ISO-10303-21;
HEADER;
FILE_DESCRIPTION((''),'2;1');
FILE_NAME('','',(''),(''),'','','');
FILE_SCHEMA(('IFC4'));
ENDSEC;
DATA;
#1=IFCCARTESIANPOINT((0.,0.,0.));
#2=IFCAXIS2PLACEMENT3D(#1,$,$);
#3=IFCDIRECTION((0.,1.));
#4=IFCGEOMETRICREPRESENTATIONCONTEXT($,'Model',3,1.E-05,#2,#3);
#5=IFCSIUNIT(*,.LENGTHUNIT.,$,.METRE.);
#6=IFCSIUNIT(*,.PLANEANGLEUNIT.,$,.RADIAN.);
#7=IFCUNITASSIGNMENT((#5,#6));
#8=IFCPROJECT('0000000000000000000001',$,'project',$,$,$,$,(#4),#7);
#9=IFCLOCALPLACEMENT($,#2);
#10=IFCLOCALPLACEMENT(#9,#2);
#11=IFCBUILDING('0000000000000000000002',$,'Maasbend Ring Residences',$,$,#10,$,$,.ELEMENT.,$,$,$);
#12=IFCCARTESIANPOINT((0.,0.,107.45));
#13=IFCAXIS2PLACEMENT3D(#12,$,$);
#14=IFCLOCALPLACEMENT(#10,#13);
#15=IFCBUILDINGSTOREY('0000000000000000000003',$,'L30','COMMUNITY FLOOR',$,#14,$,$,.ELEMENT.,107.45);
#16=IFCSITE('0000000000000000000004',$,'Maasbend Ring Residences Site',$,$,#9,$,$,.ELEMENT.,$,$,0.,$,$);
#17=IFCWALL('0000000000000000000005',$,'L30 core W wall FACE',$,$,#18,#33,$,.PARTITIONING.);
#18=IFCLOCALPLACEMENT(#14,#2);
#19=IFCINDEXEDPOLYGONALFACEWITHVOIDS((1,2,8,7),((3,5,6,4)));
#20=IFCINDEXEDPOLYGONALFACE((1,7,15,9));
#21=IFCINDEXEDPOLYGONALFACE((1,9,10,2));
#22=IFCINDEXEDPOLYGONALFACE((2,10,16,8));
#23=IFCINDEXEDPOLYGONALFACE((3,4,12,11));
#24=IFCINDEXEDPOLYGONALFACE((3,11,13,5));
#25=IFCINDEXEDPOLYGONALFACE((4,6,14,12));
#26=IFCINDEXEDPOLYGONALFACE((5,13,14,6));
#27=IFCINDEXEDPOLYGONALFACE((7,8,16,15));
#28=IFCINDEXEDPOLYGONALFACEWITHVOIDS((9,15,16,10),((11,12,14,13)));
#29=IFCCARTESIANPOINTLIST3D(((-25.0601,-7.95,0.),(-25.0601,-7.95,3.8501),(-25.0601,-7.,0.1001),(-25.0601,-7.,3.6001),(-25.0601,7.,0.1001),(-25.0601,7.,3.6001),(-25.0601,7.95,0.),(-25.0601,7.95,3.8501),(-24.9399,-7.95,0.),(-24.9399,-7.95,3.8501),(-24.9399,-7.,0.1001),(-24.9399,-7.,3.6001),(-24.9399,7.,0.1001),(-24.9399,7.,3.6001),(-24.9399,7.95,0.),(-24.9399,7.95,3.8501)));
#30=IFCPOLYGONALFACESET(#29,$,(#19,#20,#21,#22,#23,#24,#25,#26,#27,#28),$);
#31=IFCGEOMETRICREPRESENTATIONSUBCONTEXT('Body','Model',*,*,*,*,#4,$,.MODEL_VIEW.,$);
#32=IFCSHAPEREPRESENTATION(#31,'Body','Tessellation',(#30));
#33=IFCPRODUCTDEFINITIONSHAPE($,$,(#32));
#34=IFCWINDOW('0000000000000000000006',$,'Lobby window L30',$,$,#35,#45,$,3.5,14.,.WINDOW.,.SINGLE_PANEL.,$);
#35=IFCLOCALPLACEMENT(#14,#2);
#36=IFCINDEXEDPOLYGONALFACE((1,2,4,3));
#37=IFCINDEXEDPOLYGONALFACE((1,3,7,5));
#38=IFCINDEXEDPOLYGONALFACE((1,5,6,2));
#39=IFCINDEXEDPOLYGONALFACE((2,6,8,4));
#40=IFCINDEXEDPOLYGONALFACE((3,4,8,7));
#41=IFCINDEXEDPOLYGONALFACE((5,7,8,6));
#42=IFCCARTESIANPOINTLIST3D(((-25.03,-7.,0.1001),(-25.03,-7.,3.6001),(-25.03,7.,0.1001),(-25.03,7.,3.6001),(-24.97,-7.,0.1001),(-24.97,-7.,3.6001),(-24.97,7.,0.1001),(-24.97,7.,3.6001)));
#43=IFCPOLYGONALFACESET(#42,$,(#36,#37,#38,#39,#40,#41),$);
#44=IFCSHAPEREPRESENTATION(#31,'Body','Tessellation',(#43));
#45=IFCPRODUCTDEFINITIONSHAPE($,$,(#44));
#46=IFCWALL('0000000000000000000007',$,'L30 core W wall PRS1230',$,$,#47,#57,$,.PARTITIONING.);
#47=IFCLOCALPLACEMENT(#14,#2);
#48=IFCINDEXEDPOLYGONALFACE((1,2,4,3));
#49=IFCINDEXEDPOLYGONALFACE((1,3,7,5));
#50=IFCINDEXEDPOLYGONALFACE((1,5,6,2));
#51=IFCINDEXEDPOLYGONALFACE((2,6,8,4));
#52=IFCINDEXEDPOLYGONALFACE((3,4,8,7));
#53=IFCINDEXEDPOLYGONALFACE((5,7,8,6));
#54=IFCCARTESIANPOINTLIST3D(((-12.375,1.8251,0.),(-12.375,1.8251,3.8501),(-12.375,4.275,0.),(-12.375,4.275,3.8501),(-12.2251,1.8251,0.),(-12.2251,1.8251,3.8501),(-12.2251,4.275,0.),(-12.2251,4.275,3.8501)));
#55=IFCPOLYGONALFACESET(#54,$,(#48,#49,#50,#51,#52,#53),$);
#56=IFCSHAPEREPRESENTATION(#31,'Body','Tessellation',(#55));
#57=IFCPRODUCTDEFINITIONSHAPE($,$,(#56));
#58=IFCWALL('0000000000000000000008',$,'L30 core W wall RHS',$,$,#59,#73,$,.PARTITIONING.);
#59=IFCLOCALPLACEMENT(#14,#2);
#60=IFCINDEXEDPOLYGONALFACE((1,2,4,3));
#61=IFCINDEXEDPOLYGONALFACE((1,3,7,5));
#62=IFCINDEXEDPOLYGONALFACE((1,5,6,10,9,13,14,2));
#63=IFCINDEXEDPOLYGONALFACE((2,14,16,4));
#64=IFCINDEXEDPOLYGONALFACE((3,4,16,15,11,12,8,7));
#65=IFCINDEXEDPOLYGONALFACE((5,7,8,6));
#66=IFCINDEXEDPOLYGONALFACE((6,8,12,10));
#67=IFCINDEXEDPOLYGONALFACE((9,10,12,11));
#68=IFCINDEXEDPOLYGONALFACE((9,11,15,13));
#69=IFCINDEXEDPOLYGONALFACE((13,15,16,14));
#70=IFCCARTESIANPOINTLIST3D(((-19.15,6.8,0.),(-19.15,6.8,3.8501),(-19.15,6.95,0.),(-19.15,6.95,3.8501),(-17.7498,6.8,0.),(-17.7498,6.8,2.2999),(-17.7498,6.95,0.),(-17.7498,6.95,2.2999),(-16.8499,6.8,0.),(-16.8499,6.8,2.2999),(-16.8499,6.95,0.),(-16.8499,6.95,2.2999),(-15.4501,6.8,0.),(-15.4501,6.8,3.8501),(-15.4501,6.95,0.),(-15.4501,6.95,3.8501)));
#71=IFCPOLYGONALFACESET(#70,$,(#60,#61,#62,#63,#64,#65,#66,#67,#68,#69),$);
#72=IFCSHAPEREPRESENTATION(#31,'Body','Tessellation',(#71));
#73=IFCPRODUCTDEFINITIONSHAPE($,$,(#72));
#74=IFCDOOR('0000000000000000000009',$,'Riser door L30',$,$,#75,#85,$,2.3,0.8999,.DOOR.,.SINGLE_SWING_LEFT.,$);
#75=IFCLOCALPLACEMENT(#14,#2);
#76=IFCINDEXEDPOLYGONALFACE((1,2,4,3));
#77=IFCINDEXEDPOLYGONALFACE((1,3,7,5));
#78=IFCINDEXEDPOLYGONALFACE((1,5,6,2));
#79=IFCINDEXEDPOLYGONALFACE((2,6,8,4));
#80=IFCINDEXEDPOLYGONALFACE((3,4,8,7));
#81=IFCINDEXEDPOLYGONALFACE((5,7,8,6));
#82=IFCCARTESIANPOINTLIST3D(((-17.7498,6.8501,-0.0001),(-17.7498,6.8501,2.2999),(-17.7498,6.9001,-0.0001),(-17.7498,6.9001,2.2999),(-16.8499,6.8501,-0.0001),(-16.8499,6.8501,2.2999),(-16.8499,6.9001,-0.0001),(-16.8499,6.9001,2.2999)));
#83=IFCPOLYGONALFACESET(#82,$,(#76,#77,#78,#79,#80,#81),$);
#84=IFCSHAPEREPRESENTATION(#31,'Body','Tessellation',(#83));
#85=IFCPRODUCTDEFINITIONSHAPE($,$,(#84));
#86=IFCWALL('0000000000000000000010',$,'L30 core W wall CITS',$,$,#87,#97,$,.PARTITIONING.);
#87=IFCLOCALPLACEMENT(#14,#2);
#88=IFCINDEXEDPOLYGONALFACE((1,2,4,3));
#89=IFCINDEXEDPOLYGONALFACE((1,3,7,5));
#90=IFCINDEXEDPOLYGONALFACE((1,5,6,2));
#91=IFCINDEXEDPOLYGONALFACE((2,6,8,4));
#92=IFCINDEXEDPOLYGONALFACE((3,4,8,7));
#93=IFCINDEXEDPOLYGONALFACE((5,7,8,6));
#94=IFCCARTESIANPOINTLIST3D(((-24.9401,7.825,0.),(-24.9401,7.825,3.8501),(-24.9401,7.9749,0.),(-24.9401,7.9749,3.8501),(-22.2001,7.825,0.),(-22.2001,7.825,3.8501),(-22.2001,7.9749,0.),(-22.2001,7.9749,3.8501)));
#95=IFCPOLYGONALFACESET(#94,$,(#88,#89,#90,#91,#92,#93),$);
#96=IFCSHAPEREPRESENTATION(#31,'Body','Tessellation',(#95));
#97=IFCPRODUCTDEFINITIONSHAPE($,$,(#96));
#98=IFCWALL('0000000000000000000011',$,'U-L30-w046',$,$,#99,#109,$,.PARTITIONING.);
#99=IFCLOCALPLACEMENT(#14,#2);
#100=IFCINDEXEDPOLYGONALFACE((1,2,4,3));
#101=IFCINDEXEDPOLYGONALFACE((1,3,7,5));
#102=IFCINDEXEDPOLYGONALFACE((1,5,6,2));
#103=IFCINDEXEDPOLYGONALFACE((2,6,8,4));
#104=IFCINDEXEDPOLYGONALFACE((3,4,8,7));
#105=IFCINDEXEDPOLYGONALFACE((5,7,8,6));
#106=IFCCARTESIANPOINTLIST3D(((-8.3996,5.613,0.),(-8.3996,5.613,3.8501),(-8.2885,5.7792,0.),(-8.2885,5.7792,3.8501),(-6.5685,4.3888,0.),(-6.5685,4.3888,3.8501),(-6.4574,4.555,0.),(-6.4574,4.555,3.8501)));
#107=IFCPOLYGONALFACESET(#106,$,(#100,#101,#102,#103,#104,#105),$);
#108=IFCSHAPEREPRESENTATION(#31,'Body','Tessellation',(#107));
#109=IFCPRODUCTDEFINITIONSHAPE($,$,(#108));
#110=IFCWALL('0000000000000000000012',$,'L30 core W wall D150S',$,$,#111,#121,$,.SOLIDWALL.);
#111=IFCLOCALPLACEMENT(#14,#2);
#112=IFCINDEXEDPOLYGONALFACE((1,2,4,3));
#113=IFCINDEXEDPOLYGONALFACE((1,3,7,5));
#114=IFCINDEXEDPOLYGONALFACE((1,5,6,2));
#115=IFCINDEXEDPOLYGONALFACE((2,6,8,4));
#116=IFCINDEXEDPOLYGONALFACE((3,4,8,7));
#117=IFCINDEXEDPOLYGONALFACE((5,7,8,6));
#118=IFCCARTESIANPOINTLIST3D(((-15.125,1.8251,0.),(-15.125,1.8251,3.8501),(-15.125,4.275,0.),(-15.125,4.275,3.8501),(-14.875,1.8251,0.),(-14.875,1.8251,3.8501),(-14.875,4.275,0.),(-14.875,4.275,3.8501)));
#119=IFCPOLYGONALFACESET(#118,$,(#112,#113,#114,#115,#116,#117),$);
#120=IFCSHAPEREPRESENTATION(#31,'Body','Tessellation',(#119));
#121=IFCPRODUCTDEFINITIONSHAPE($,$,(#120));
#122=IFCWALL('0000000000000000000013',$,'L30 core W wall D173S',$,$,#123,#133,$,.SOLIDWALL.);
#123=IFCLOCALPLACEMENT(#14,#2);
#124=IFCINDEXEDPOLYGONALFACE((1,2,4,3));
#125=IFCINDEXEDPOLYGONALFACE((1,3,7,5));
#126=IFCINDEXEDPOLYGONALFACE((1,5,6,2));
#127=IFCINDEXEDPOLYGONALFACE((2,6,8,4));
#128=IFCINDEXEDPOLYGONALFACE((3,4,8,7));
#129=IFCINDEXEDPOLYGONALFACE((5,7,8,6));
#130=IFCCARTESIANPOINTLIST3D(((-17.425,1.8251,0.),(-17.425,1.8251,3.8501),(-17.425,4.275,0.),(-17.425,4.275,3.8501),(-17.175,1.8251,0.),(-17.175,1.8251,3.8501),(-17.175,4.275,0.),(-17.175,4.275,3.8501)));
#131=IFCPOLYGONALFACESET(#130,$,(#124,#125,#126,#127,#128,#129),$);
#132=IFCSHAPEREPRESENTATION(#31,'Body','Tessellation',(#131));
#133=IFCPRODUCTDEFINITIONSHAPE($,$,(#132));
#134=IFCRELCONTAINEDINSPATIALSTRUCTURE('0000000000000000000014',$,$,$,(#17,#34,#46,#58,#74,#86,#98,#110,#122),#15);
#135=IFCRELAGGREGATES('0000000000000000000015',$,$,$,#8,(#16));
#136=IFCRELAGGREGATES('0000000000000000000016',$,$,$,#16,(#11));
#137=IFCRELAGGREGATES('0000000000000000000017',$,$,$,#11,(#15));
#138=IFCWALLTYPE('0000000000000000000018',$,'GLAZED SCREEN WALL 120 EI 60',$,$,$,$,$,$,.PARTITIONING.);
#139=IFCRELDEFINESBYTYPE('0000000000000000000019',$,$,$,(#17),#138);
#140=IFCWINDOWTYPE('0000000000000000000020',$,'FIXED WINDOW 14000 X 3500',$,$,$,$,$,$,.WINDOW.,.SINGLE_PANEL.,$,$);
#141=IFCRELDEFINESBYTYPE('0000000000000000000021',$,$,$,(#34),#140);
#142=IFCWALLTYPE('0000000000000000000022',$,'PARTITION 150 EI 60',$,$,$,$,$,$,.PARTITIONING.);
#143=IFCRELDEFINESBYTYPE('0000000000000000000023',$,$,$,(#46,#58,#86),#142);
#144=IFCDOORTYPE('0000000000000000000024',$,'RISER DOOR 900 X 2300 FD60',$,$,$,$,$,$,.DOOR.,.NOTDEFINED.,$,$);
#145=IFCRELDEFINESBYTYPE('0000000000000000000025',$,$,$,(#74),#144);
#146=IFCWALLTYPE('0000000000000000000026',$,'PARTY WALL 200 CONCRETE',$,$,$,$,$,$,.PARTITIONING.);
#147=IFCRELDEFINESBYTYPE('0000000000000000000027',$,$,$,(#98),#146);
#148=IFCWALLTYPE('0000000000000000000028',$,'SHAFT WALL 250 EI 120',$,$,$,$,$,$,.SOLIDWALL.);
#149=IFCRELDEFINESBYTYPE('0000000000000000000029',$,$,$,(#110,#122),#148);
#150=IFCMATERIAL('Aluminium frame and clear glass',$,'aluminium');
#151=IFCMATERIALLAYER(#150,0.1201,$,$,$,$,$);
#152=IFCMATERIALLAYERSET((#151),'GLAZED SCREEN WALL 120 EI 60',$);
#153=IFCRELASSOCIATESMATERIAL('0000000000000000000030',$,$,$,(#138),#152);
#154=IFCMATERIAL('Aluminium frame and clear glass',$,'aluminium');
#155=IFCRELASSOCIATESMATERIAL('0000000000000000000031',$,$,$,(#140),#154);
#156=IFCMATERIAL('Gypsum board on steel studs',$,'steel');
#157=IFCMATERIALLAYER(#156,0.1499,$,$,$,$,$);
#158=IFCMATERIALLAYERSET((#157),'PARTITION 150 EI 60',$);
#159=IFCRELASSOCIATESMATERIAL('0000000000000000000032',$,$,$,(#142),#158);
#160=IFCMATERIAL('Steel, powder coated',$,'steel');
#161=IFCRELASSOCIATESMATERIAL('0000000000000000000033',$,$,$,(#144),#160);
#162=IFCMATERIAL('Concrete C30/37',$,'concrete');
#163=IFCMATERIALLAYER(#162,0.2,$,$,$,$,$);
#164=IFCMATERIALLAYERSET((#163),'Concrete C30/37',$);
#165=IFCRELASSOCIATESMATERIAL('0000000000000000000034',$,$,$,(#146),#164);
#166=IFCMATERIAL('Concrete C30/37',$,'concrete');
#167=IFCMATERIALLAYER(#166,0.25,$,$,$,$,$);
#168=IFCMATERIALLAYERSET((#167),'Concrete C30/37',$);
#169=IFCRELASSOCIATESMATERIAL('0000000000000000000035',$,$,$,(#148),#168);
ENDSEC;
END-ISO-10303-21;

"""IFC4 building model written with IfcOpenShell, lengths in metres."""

from ifc_helpers import new_model, si_unit, direction, frame, frame_2d, origin, place, context, subcontext, project, spatial, rectangle, extrude, material, layer, layer_set, type_object, element, fill, save


model = new_model("IFC4")

# Units and contexts
model_context = context("Model", 3, precision=1e-05, world=origin(), true_north=direction((0.0, 1.0)))
body_context = subcontext(model_context, "Body", "Model", "MODEL_VIEW")
ifc_project = project(units=[si_unit("LENGTHUNIT", "METRE"), si_unit("PLANEANGLEUNIT", "RADIAN")], contexts=[model_context])

# Site, building, storey
site_placement = place(None, origin())
site = spatial("IfcSite", under=ifc_project, at=site_placement, Name="Maasbend Ring Residences Site", CompositionType="ELEMENT", RefElevation=0.0)
building_placement = place(site_placement, origin())
building = spatial("IfcBuilding", under=site, at=building_placement, Name="Maasbend Ring Residences", CompositionType="ELEMENT")
storey_placement = place(building_placement, frame((0.0, 0.0, 107.45)))
storey = spatial("IfcBuildingStorey", under=building, at=storey_placement, Name="L30", Description="COMMUNITY FLOOR", CompositionType="ELEMENT", Elevation=107.45)

# Wall, opening, window
ifc_material_1 = material(Name="Aluminium frame and clear glass", Category="aluminium")
ifc_layer_1 = layer(ifc_material_1, 0.1201)
ifc_layer_set_1 = layer_set([ifc_layer_1], Name="GLAZED SCREEN WALL 120 EI 60")
wall_type_1 = type_object("IfcWallType", Name="GLAZED SCREEN WALL 120 EI 60", PredefinedType="PARTITIONING", material=ifc_layer_set_1)
wall_1_placement = place(storey_placement, frame((-25.0, 7.95, 0.0), z_axis=(0.0, 0.0, 1.0), x_axis=(0.0, -1.0, 0.0)))
wall_1 = element("IfcWall", 1, at=wall_1_placement, inside=storey, type_object=wall_type_1, Name="L30 core W wall FACE", PredefinedType="PARTITIONING", context=body_context, shape_type="SweptSolid", body=[
    extrude(rectangle(XDim=15.8999, YDim=0.1201, at=frame_2d((7.95, 0.0))), origin(), (0.0, 0.0, 1.0), 3.8501),
])
opening_1_placement = place(wall_1_placement, frame((0.95, 0.0, 0.1001)))
opening_1 = element("IfcOpeningElement", 2, at=opening_1_placement, cuts=wall_1, PredefinedType="OPENING", context=body_context, shape_type="SweptSolid", body=[
    extrude(rectangle(XDim=14.0, YDim=3.5, at=frame_2d((7.0, 1.75))), frame((0.0, 0.0701, 0.0), z_axis=(0.0, -1.0, 0.0), x_axis=(1.0, 0.0, 0.0)), (0.0, 0.0, 1.0), 0.1401),
])
ifc_material_2 = material(Name="Aluminium frame and clear glass", Category="aluminium")
window_type = type_object("IfcWindowType", Name="FIXED WINDOW 14000 X 3500", PartitioningType="SINGLE_PANEL", PredefinedType="WINDOW", material=ifc_material_2)
window_placement = place(opening_1_placement, origin())
window = element("IfcWindow", 3, at=window_placement, inside=storey, type_object=window_type, Name="Lobby window L30", OverallHeight=3.5, OverallWidth=14.0, PartitioningType="SINGLE_PANEL", PredefinedType="WINDOW", context=body_context, shape_type="SweptSolid", body=[
    extrude(rectangle(XDim=14.0, YDim=3.5, at=frame_2d((7.0, 1.75))), frame((0.0, 0.03, 0.0), z_axis=(0.0, -1.0, 0.0), x_axis=(1.0, 0.0, 0.0)), (0.0, 0.0, 1.0), 0.0601),
])
fill(opening_1, window)

# Wall
ifc_material_3 = material(Name="Gypsum board on steel studs", Category="steel")
ifc_layer_2 = layer(ifc_material_3, 0.1499)
ifc_layer_set_2 = layer_set([ifc_layer_2], Name="PARTITION 150 EI 60")
wall_type_2 = type_object("IfcWallType", Name="PARTITION 150 EI 60", PredefinedType="PARTITIONING", material=ifc_layer_set_2)
wall_2_placement = place(storey_placement, frame((-12.3, 1.825, 0.0), z_axis=(0.0, 0.0, 1.0), x_axis=(0.0, 1.0, 0.0)))
element("IfcWall", 4, at=wall_2_placement, inside=storey, type_object=wall_type_2, Name="L30 core W wall PRS1230", PredefinedType="PARTITIONING", context=body_context, shape_type="SweptSolid", body=[
    extrude(rectangle(XDim=2.45, YDim=0.1499, at=frame_2d((1.2251, 0.0))), origin(), (0.0, 0.0, 1.0), 3.8501),
])

# Wall, opening, door
wall_3_placement = place(storey_placement, frame((-15.45, 6.875, 0.0), z_axis=(0.0, 0.0, 1.0), x_axis=(-1.0, 0.0, 0.0)))
wall_3 = element("IfcWall", 5, at=wall_3_placement, inside=storey, type_object=wall_type_2, Name="L30 core W wall RHS", PredefinedType="PARTITIONING", context=body_context, shape_type="SweptSolid", body=[
    extrude(rectangle(XDim=3.7, YDim=0.1499, at=frame_2d((1.8501, 0.0))), origin(), (0.0, 0.0, 1.0), 3.8501),
])
opening_2_placement = place(wall_3_placement, frame((1.3999, 0.0, 0.0)))
opening_2 = element("IfcOpeningElement", 6, at=opening_2_placement, cuts=wall_3, PredefinedType="OPENING", context=body_context, shape_type="SweptSolid", body=[
    extrude(rectangle(XDim=0.8999, YDim=2.3, at=frame_2d((0.45, 1.1499))), frame((0.0, 0.085, 0.0), z_axis=(0.0, -1.0, 0.0), x_axis=(1.0, 0.0, 0.0)), (0.0, 0.0, 1.0), 0.1699),
])
ifc_material_4 = material(Name="Steel, powder coated", Category="steel")
door_type_1 = type_object("IfcDoorType", Name="RISER DOOR 900 X 2300 FD60", OperationType="NOTDEFINED", PredefinedType="DOOR", material=ifc_material_4)
door_1_placement = place(opening_2_placement, origin())
door_1 = element("IfcDoor", 7, at=door_1_placement, inside=storey, type_object=door_type_1, Name="Riser door L30", OperationType="SINGLE_SWING_LEFT", OverallHeight=2.3, OverallWidth=0.8999, PredefinedType="DOOR", context=body_context, shape_type="SweptSolid", body=[
    extrude(rectangle(XDim=0.8999, YDim=2.3, at=frame_2d((0.45, 1.1499))), frame((0.0, 0.0249, 0.0), z_axis=(0.0, -1.0, 0.0), x_axis=(1.0, 0.0, 0.0)), (0.0, 0.0, 1.0), 0.05),
])
fill(opening_2, door_1)

# Walls
wall_4_placement = place(storey_placement, frame((-22.2, 7.8999, 0.0), z_axis=(0.0, 0.0, 1.0), x_axis=(-1.0, 0.0, 0.0)))
element("IfcWall", 8, at=wall_4_placement, inside=storey, type_object=wall_type_2, Name="L30 core W wall CITS", PredefinedType="PARTITIONING", context=body_context, shape_type="SweptSolid", body=[
    extrude(rectangle(XDim=2.74, YDim=0.1499, at=frame_2d((1.3701, 0.0))), origin(), (0.0, 0.0, 1.0), 3.8501),
])
ifc_material_5 = material(Name="Concrete C30/37", Category="concrete")
ifc_layer_3 = layer(ifc_material_5, 0.2)
ifc_layer_set_3 = layer_set([ifc_layer_3], Name="Concrete C30/37")
wall_type_3 = type_object("IfcWallType", Name="PARTY WALL 200 CONCRETE", PredefinedType="PARTITIONING", material=ifc_layer_set_3)
wall_5_placement = place(storey_placement, frame((-6.5129, 4.4719, 0.0), z_axis=(0.0, 0.0, 1.0), x_axis=(-0.831333, 0.555774, 0.0)))
element("IfcWall", 9, at=wall_5_placement, inside=storey, type_object=wall_type_3, Name="U-L30-w046", PredefinedType="PARTITIONING", context=body_context, shape_type="SweptSolid", body=[
    extrude(rectangle(XDim=2.2026, YDim=0.2, at=frame_2d((1.1013, 0.0))), origin(), (0.0, 0.0, 1.0), 3.8501),
])
ifc_material_6 = material(Name="Concrete C30/37", Category="concrete")
ifc_layer_4 = layer(ifc_material_6, 0.25)
ifc_layer_set_4 = layer_set([ifc_layer_4], Name="Concrete C30/37")
wall_type_4 = type_object("IfcWallType", Name="SHAFT WALL 250 EI 120", PredefinedType="SOLIDWALL", material=ifc_layer_set_4)
for number, where, z_axis, x_axis, name in (
    (10, (-15.0, 1.825, 0.0), (0.0, 0.0, 1.0), (0.0, 1.0, 0.0), "L30 core W wall D150S"),
    (11, (-17.3, 1.825, 0.0), (0.0, 0.0, 1.0), (0.0, 1.0, 0.0), "L30 core W wall D173S"),
):
    element("IfcWall", number, at=place(storey_placement, frame(where, z_axis=z_axis, x_axis=x_axis)), inside=storey, type_object=wall_type_4, Name=name, PredefinedType="SOLIDWALL", context=body_context, shape_type="SweptSolid", body=[
        extrude(rectangle(XDim=2.45, YDim=0.25, at=frame_2d((1.2251, 0.0))), origin(), (0.0, 0.0, 1.0), 3.8501),
    ])

save(model, "model.ifc")
